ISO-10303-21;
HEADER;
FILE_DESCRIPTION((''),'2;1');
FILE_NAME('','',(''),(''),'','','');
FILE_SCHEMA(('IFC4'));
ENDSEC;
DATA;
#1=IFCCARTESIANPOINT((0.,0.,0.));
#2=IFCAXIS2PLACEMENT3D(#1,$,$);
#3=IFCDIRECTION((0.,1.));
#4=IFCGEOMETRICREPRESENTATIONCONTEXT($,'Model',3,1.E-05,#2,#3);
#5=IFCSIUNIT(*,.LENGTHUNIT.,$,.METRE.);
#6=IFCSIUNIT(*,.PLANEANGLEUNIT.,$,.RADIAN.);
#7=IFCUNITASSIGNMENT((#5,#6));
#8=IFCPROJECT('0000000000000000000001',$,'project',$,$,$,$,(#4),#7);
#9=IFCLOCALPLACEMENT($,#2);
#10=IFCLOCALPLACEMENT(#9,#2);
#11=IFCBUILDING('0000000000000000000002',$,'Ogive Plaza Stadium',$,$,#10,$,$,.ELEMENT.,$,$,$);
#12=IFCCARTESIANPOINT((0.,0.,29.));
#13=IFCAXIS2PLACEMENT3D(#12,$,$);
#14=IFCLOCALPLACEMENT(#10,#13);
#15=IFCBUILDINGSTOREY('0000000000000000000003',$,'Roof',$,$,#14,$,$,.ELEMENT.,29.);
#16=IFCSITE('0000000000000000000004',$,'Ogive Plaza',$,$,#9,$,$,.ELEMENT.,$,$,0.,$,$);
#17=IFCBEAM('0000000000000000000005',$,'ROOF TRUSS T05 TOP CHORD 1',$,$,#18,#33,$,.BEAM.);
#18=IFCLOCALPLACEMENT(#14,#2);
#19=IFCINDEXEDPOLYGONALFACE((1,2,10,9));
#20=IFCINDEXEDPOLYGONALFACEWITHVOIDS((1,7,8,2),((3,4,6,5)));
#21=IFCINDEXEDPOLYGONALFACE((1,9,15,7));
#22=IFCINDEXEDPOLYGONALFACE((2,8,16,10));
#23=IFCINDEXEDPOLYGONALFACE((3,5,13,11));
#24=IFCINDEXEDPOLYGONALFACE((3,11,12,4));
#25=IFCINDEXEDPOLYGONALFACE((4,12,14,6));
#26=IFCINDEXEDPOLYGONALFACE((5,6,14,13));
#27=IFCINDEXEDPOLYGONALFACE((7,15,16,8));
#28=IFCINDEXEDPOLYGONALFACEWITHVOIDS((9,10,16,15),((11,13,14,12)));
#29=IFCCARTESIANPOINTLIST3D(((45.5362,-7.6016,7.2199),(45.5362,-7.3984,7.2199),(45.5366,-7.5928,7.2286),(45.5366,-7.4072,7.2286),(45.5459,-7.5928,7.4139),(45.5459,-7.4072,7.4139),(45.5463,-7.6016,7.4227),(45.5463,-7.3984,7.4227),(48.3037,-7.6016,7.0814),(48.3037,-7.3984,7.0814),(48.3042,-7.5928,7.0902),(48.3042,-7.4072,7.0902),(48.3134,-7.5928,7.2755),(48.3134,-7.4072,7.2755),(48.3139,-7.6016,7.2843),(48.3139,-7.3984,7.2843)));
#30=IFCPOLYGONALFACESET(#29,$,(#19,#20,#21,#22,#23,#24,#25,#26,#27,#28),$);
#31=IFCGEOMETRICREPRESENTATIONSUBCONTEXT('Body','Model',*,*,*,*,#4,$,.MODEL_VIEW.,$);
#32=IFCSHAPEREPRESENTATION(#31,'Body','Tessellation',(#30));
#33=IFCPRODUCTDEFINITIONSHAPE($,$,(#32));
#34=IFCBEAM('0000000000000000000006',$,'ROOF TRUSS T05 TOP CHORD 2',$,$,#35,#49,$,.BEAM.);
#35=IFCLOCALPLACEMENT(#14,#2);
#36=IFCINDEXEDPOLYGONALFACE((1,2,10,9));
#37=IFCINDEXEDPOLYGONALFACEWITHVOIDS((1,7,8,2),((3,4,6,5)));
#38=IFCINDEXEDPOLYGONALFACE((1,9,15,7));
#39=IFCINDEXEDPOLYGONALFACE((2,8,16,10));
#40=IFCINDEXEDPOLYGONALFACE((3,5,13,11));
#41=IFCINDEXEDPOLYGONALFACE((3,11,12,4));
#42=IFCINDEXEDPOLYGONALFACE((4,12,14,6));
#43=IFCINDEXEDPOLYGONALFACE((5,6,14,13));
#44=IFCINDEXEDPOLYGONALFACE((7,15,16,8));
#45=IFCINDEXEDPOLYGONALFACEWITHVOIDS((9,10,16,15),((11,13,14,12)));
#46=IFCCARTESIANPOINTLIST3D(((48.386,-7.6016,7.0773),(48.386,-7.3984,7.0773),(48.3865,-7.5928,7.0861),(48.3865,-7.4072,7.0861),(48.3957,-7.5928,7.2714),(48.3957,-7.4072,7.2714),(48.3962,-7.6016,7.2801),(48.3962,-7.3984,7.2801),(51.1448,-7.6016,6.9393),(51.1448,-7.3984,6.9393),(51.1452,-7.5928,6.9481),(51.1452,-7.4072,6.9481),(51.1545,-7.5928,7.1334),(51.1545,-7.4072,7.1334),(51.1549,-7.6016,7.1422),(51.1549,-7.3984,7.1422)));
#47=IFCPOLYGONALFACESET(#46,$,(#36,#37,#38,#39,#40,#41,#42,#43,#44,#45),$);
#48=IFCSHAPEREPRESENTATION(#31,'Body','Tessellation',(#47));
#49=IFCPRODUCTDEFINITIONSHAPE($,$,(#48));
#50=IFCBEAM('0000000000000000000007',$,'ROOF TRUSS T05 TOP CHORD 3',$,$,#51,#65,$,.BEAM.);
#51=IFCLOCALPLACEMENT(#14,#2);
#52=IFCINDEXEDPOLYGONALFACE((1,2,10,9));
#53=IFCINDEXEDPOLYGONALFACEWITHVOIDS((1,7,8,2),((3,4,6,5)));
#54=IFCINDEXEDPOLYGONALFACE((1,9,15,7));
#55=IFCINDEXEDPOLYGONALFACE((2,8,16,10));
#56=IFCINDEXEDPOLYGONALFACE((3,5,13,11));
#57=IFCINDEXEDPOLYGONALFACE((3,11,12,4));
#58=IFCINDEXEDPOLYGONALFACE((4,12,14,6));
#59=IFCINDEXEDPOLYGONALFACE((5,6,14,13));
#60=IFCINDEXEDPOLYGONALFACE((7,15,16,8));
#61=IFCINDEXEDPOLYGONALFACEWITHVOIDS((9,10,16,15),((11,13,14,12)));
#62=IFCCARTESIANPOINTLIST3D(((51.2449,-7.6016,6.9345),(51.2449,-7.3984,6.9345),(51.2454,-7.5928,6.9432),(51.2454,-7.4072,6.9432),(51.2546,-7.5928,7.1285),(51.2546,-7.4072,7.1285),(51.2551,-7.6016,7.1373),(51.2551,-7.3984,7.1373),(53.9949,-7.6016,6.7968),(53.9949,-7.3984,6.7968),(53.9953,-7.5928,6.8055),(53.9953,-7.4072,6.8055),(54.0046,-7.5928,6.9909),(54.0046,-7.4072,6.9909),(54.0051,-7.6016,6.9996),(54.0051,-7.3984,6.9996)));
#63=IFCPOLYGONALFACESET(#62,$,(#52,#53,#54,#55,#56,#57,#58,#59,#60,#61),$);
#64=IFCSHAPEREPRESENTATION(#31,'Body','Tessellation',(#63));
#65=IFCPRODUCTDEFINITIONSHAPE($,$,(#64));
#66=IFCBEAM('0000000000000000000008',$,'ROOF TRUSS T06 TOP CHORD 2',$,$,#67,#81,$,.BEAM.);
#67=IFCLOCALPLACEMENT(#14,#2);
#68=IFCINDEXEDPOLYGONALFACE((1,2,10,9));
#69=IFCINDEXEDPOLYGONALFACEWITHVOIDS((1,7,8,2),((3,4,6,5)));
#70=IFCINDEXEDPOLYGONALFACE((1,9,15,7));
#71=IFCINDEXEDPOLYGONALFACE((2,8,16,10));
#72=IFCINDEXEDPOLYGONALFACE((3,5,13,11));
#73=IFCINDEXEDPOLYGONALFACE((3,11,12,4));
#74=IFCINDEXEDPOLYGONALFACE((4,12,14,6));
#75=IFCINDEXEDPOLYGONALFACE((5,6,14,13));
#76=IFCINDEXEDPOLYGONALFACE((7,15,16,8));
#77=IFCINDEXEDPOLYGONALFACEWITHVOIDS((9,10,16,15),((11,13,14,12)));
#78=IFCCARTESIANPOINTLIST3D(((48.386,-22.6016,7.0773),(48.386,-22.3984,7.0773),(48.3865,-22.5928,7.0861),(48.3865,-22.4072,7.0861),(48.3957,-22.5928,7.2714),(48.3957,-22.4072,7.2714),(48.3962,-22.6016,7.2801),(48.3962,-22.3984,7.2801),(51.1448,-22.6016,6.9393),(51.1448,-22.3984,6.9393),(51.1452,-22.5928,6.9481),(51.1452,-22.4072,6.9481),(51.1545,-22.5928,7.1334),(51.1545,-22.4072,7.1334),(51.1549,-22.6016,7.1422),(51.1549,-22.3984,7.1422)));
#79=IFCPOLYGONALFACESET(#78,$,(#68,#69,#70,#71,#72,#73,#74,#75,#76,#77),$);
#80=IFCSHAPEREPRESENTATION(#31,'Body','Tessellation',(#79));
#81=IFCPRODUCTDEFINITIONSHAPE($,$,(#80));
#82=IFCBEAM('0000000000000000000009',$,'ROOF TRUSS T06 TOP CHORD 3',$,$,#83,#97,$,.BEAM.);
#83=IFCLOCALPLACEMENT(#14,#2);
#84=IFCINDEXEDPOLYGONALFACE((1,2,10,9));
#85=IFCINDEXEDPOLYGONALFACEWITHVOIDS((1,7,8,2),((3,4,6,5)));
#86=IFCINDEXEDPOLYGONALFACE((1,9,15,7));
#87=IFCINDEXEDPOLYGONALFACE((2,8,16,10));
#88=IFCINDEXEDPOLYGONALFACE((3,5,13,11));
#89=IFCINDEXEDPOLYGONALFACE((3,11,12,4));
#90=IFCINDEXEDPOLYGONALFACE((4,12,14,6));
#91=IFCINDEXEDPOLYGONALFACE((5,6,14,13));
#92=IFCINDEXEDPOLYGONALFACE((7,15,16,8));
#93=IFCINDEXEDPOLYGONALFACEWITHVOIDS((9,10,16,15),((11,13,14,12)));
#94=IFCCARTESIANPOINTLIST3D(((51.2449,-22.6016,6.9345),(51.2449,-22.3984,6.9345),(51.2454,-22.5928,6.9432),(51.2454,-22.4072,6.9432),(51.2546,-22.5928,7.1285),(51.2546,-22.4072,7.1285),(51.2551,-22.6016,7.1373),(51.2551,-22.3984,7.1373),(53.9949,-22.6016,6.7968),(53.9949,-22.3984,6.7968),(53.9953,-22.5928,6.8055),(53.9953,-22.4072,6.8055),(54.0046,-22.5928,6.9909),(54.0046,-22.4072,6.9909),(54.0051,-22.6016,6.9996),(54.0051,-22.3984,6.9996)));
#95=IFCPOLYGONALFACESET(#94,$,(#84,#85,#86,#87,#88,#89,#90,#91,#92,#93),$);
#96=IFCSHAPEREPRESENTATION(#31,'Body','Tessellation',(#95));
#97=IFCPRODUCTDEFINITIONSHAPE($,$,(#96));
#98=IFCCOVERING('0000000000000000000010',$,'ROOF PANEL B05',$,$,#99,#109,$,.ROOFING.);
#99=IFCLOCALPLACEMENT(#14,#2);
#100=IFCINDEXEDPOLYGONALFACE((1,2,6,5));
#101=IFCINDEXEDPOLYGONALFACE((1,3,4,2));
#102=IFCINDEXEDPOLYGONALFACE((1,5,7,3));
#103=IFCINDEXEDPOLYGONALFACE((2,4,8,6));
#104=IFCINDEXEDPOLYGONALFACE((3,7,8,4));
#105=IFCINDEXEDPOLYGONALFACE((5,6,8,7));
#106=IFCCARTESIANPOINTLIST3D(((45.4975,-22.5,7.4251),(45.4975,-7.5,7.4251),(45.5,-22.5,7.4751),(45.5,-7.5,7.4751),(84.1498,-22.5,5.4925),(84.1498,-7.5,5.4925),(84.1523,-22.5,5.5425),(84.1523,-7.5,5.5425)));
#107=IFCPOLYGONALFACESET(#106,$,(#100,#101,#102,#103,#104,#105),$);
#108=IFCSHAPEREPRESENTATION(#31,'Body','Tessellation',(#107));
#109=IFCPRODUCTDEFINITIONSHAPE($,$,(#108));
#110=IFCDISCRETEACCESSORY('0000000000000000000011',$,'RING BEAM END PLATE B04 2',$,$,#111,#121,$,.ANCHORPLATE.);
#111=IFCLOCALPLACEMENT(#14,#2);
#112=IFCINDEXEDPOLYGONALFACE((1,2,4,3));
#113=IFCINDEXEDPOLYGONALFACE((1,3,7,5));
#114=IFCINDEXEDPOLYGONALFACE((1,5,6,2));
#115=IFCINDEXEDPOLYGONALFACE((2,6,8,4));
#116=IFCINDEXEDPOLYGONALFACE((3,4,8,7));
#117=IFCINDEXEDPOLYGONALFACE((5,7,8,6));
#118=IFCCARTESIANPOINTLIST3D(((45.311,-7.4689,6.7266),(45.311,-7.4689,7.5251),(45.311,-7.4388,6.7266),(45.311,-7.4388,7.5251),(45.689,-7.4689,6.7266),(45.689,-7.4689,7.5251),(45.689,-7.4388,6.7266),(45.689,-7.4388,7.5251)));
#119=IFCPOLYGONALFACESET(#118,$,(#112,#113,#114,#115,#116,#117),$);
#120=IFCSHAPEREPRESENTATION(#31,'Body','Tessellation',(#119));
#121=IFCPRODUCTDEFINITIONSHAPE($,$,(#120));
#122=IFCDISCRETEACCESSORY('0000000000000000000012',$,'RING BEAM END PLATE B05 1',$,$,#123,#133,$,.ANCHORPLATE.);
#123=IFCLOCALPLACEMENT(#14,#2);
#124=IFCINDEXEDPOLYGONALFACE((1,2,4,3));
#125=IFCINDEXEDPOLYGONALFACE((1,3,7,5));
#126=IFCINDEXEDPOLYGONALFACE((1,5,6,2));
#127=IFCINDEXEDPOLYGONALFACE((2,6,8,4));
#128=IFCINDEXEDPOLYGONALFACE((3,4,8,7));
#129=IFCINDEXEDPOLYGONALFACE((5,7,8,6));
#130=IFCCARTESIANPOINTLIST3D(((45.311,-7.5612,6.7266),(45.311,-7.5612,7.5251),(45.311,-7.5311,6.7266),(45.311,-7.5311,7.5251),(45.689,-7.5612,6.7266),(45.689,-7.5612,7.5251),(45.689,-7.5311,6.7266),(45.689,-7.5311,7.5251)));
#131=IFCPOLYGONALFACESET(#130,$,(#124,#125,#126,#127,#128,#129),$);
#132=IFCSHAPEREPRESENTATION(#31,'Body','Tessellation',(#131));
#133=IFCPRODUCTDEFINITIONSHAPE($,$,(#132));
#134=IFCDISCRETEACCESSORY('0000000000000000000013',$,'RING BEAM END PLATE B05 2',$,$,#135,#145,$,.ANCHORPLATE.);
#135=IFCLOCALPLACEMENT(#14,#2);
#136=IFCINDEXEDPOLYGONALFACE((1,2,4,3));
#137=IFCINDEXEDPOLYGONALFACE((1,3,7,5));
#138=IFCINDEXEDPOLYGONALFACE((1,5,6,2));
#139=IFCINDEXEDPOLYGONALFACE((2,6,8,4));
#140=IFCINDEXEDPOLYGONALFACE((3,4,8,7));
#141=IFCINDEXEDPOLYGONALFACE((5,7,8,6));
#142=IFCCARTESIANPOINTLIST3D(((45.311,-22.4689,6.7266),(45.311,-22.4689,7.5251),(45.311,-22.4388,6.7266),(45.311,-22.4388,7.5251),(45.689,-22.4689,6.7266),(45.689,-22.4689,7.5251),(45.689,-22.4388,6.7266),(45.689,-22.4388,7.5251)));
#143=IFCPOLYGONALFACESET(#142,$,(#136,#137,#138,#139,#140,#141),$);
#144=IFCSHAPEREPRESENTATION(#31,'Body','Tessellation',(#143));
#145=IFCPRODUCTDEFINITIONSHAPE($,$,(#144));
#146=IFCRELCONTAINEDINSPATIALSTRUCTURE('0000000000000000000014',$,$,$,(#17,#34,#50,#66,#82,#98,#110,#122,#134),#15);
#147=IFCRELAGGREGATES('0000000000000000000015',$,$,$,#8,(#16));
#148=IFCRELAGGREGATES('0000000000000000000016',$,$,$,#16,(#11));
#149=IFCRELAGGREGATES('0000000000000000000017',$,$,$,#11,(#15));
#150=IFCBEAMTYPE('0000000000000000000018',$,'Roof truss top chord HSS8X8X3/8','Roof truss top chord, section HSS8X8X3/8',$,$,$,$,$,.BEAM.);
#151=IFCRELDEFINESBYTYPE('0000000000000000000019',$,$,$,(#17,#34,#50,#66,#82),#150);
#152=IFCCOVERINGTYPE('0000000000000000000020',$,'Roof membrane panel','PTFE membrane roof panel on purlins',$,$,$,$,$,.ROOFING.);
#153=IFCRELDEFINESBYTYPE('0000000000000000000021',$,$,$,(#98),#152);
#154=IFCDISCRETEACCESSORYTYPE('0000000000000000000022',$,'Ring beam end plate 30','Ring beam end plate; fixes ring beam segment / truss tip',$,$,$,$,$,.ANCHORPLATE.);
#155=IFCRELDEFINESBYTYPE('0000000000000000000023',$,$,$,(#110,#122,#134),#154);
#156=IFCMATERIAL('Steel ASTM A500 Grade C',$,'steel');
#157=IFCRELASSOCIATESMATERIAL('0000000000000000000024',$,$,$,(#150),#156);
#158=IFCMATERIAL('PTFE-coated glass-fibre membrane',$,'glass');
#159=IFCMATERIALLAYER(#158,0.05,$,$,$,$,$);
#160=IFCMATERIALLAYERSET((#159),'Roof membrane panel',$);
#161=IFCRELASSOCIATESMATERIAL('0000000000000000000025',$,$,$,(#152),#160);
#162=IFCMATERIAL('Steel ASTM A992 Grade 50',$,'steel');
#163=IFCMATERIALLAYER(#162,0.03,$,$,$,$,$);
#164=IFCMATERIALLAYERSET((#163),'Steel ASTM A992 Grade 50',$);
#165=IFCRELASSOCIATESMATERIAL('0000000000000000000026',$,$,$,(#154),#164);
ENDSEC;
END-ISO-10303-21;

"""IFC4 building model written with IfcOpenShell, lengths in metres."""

from ifc_helpers import new_model, si_unit, direction, frame, origin, origin_2d, place, context, subcontext, project, spatial, polyline, rectangle, hollow_rectangle, outline, extrude, material, layer, layer_set, material_profile, profile_set, type_object, element, save


model = new_model("IFC4")

# Units and contexts
model_context = context("Model", 3, precision=1e-05, world=origin(), true_north=direction((0.0, 1.0)))
body_context = subcontext(model_context, "Body", "Model", "MODEL_VIEW")
ifc_project = project(units=[si_unit("LENGTHUNIT", "METRE"), si_unit("PLANEANGLEUNIT", "RADIAN")], contexts=[model_context])

# Site, building, storey
site_placement = place(None, origin())
site = spatial("IfcSite", under=ifc_project, at=site_placement, Name="Ogive Plaza", CompositionType="ELEMENT", RefElevation=0.0)
building_placement = place(site_placement, origin())
building = spatial("IfcBuilding", under=site, at=building_placement, Name="Ogive Plaza Stadium", CompositionType="ELEMENT")
storey_placement = place(building_placement, frame((0.0, 0.0, 29.0)))
storey = spatial("IfcBuildingStorey", under=building, at=storey_placement, Name="Roof", CompositionType="ELEMENT", Elevation=29.0)

# Beams
ifc_material_1 = material(Name="Steel ASTM A500 Grade C", Category="steel")
ifc_material_profile_1 = material_profile(ifc_material_1, hollow_rectangle(XDim=0.2031, YDim=0.2031, WallThickness=0.0088, at=origin_2d()), Name="HSS8X8X3/8")
ifc_profile_set_1 = profile_set([ifc_material_profile_1], Name="Steel ASTM A500 Grade C")
beam_type_1 = type_object("IfcBeamType", Name="Roof truss top chord HSS8X8X3/8", Description="Roof truss top chord, section HSS8X8X3/8", PredefinedType="BEAM", material=ifc_profile_set_1)
beam_1_placement = place(storey_placement, frame((45.5413, -7.5, 7.3213), z_axis=(0.998751, 0.0, -0.049955), x_axis=(0.0, 1.0, 0.0)))
element("IfcBeam", 1, at=beam_1_placement, inside=storey, type_object=beam_type_1, Name="ROOF TRUSS T05 TOP CHORD 1", PredefinedType="BEAM", context=body_context, shape_type="SweptSolid", body=[
    extrude(hollow_rectangle(XDim=0.2031, YDim=0.2031, WallThickness=0.0088, at=origin_2d()), origin(), (0.0, 0.0, 1.0), 2.771),
])
beam_2_placement = place(storey_placement, frame((48.3911, -7.5, 7.1787), z_axis=(0.998752, 0.0, -0.049938), x_axis=(0.0, 1.0, 0.0)))
element("IfcBeam", 2, at=beam_2_placement, inside=storey, type_object=beam_type_1, Name="ROOF TRUSS T05 TOP CHORD 2", PredefinedType="BEAM", context=body_context, shape_type="SweptSolid", body=[
    extrude(hollow_rectangle(XDim=0.2031, YDim=0.2031, WallThickness=0.0088, at=origin_2d()), origin(), (0.0, 0.0, 1.0), 2.7622),
])
beam_3_placement = place(storey_placement, frame((51.25, -7.5, 7.0359), z_axis=(0.998749, 0.0, -0.050008), x_axis=(0.0, 1.0, 0.0)))
element("IfcBeam", 3, at=beam_3_placement, inside=storey, type_object=beam_type_1, Name="ROOF TRUSS T05 TOP CHORD 3", PredefinedType="BEAM", context=body_context, shape_type="SweptSolid", body=[
    extrude(hollow_rectangle(XDim=0.2031, YDim=0.2031, WallThickness=0.0088, at=origin_2d()), origin(), (0.0, 0.0, 1.0), 2.7534),
])
beam_4_placement = place(storey_placement, frame((48.3911, -22.5, 7.1787), z_axis=(0.998752, 0.0, -0.049938), x_axis=(0.0, 1.0, 0.0)))
element("IfcBeam", 4, at=beam_4_placement, inside=storey, type_object=beam_type_1, Name="ROOF TRUSS T06 TOP CHORD 2", PredefinedType="BEAM", context=body_context, shape_type="SweptSolid", body=[
    extrude(hollow_rectangle(XDim=0.2031, YDim=0.2031, WallThickness=0.0088, at=origin_2d()), origin(), (0.0, 0.0, 1.0), 2.7622),
])
beam_5_placement = place(storey_placement, frame((51.25, -22.5, 7.0359), z_axis=(0.998749, 0.0, -0.050008), x_axis=(0.0, 1.0, 0.0)))
element("IfcBeam", 5, at=beam_5_placement, inside=storey, type_object=beam_type_1, Name="ROOF TRUSS T06 TOP CHORD 3", PredefinedType="BEAM", context=body_context, shape_type="SweptSolid", body=[
    extrude(hollow_rectangle(XDim=0.2031, YDim=0.2031, WallThickness=0.0088, at=origin_2d()), origin(), (0.0, 0.0, 1.0), 2.7534),
])

# Covering
ifc_material_2 = material(Name="PTFE-coated glass-fibre membrane", Category="glass")
ifc_layer_1 = layer(ifc_material_2, 0.05)
ifc_layer_set_1 = layer_set([ifc_layer_1], Name="Roof membrane panel")
covering_type = type_object("IfcCoveringType", Name="Roof membrane panel", Description="PTFE membrane roof panel on purlins", PredefinedType="ROOFING", material=ifc_layer_set_1)
covering_placement = place(storey_placement, frame((45.5, -7.5, 7.4751), z_axis=(0.049938, 0.0, 0.998752), x_axis=(0.998752, 0.0, -0.049938)))
element("IfcCovering", 6, at=covering_placement, inside=storey, type_object=covering_type, Name="ROOF PANEL B05", PredefinedType="ROOFING", context=body_context, shape_type="SweptSolid", body=[
    extrude(outline(polyline([(0.0, 0.0), (38.7006, 0.0), (38.7006, -15.0), (0.0, -15.0), (0.0, 0.0)])), origin(), (0.0, 0.0, -1.0), 0.05),
])

# Discrete accessories
ifc_material_3 = material(Name="Steel ASTM A992 Grade 50", Category="steel")
ifc_layer_2 = layer(ifc_material_3, 0.03)
ifc_layer_set_2 = layer_set([ifc_layer_2], Name="Steel ASTM A992 Grade 50")
discrete_accessory_type = type_object("IfcDiscreteAccessoryType", Name="Ring beam end plate 30", Description="Ring beam end plate; fixes ring beam segment / truss tip", PredefinedType="ANCHORPLATE", material=ifc_layer_set_2)
for number, where, z_axis, x_axis, name in (
    (7, (45.5, -7.4539, 6.7266), (0.0, 0.0, 1.0), (0.0, -1.0, 0.0), "RING BEAM END PLATE B04 2"),
    (8, (45.5, -7.5461, 6.7266), (0.0, 0.0, 1.0), (0.0, -1.0, 0.0), "RING BEAM END PLATE B05 1"),
    (9, (45.5, -22.4539, 6.7266), (0.0, 0.0, 1.0), (0.0, -1.0, 0.0), "RING BEAM END PLATE B05 2"),
):
    element("IfcDiscreteAccessory", number, at=place(storey_placement, frame(where, z_axis=z_axis, x_axis=x_axis)), inside=storey, type_object=discrete_accessory_type, Name=name, PredefinedType="ANCHORPLATE", context=body_context, shape_type="SweptSolid", body=[
        extrude(rectangle(XDim=0.03, YDim=0.3779, at=origin_2d()), origin(), (0.0, 0.0, 1.0), 0.7986),
    ])

save(model, "model.ifc")
